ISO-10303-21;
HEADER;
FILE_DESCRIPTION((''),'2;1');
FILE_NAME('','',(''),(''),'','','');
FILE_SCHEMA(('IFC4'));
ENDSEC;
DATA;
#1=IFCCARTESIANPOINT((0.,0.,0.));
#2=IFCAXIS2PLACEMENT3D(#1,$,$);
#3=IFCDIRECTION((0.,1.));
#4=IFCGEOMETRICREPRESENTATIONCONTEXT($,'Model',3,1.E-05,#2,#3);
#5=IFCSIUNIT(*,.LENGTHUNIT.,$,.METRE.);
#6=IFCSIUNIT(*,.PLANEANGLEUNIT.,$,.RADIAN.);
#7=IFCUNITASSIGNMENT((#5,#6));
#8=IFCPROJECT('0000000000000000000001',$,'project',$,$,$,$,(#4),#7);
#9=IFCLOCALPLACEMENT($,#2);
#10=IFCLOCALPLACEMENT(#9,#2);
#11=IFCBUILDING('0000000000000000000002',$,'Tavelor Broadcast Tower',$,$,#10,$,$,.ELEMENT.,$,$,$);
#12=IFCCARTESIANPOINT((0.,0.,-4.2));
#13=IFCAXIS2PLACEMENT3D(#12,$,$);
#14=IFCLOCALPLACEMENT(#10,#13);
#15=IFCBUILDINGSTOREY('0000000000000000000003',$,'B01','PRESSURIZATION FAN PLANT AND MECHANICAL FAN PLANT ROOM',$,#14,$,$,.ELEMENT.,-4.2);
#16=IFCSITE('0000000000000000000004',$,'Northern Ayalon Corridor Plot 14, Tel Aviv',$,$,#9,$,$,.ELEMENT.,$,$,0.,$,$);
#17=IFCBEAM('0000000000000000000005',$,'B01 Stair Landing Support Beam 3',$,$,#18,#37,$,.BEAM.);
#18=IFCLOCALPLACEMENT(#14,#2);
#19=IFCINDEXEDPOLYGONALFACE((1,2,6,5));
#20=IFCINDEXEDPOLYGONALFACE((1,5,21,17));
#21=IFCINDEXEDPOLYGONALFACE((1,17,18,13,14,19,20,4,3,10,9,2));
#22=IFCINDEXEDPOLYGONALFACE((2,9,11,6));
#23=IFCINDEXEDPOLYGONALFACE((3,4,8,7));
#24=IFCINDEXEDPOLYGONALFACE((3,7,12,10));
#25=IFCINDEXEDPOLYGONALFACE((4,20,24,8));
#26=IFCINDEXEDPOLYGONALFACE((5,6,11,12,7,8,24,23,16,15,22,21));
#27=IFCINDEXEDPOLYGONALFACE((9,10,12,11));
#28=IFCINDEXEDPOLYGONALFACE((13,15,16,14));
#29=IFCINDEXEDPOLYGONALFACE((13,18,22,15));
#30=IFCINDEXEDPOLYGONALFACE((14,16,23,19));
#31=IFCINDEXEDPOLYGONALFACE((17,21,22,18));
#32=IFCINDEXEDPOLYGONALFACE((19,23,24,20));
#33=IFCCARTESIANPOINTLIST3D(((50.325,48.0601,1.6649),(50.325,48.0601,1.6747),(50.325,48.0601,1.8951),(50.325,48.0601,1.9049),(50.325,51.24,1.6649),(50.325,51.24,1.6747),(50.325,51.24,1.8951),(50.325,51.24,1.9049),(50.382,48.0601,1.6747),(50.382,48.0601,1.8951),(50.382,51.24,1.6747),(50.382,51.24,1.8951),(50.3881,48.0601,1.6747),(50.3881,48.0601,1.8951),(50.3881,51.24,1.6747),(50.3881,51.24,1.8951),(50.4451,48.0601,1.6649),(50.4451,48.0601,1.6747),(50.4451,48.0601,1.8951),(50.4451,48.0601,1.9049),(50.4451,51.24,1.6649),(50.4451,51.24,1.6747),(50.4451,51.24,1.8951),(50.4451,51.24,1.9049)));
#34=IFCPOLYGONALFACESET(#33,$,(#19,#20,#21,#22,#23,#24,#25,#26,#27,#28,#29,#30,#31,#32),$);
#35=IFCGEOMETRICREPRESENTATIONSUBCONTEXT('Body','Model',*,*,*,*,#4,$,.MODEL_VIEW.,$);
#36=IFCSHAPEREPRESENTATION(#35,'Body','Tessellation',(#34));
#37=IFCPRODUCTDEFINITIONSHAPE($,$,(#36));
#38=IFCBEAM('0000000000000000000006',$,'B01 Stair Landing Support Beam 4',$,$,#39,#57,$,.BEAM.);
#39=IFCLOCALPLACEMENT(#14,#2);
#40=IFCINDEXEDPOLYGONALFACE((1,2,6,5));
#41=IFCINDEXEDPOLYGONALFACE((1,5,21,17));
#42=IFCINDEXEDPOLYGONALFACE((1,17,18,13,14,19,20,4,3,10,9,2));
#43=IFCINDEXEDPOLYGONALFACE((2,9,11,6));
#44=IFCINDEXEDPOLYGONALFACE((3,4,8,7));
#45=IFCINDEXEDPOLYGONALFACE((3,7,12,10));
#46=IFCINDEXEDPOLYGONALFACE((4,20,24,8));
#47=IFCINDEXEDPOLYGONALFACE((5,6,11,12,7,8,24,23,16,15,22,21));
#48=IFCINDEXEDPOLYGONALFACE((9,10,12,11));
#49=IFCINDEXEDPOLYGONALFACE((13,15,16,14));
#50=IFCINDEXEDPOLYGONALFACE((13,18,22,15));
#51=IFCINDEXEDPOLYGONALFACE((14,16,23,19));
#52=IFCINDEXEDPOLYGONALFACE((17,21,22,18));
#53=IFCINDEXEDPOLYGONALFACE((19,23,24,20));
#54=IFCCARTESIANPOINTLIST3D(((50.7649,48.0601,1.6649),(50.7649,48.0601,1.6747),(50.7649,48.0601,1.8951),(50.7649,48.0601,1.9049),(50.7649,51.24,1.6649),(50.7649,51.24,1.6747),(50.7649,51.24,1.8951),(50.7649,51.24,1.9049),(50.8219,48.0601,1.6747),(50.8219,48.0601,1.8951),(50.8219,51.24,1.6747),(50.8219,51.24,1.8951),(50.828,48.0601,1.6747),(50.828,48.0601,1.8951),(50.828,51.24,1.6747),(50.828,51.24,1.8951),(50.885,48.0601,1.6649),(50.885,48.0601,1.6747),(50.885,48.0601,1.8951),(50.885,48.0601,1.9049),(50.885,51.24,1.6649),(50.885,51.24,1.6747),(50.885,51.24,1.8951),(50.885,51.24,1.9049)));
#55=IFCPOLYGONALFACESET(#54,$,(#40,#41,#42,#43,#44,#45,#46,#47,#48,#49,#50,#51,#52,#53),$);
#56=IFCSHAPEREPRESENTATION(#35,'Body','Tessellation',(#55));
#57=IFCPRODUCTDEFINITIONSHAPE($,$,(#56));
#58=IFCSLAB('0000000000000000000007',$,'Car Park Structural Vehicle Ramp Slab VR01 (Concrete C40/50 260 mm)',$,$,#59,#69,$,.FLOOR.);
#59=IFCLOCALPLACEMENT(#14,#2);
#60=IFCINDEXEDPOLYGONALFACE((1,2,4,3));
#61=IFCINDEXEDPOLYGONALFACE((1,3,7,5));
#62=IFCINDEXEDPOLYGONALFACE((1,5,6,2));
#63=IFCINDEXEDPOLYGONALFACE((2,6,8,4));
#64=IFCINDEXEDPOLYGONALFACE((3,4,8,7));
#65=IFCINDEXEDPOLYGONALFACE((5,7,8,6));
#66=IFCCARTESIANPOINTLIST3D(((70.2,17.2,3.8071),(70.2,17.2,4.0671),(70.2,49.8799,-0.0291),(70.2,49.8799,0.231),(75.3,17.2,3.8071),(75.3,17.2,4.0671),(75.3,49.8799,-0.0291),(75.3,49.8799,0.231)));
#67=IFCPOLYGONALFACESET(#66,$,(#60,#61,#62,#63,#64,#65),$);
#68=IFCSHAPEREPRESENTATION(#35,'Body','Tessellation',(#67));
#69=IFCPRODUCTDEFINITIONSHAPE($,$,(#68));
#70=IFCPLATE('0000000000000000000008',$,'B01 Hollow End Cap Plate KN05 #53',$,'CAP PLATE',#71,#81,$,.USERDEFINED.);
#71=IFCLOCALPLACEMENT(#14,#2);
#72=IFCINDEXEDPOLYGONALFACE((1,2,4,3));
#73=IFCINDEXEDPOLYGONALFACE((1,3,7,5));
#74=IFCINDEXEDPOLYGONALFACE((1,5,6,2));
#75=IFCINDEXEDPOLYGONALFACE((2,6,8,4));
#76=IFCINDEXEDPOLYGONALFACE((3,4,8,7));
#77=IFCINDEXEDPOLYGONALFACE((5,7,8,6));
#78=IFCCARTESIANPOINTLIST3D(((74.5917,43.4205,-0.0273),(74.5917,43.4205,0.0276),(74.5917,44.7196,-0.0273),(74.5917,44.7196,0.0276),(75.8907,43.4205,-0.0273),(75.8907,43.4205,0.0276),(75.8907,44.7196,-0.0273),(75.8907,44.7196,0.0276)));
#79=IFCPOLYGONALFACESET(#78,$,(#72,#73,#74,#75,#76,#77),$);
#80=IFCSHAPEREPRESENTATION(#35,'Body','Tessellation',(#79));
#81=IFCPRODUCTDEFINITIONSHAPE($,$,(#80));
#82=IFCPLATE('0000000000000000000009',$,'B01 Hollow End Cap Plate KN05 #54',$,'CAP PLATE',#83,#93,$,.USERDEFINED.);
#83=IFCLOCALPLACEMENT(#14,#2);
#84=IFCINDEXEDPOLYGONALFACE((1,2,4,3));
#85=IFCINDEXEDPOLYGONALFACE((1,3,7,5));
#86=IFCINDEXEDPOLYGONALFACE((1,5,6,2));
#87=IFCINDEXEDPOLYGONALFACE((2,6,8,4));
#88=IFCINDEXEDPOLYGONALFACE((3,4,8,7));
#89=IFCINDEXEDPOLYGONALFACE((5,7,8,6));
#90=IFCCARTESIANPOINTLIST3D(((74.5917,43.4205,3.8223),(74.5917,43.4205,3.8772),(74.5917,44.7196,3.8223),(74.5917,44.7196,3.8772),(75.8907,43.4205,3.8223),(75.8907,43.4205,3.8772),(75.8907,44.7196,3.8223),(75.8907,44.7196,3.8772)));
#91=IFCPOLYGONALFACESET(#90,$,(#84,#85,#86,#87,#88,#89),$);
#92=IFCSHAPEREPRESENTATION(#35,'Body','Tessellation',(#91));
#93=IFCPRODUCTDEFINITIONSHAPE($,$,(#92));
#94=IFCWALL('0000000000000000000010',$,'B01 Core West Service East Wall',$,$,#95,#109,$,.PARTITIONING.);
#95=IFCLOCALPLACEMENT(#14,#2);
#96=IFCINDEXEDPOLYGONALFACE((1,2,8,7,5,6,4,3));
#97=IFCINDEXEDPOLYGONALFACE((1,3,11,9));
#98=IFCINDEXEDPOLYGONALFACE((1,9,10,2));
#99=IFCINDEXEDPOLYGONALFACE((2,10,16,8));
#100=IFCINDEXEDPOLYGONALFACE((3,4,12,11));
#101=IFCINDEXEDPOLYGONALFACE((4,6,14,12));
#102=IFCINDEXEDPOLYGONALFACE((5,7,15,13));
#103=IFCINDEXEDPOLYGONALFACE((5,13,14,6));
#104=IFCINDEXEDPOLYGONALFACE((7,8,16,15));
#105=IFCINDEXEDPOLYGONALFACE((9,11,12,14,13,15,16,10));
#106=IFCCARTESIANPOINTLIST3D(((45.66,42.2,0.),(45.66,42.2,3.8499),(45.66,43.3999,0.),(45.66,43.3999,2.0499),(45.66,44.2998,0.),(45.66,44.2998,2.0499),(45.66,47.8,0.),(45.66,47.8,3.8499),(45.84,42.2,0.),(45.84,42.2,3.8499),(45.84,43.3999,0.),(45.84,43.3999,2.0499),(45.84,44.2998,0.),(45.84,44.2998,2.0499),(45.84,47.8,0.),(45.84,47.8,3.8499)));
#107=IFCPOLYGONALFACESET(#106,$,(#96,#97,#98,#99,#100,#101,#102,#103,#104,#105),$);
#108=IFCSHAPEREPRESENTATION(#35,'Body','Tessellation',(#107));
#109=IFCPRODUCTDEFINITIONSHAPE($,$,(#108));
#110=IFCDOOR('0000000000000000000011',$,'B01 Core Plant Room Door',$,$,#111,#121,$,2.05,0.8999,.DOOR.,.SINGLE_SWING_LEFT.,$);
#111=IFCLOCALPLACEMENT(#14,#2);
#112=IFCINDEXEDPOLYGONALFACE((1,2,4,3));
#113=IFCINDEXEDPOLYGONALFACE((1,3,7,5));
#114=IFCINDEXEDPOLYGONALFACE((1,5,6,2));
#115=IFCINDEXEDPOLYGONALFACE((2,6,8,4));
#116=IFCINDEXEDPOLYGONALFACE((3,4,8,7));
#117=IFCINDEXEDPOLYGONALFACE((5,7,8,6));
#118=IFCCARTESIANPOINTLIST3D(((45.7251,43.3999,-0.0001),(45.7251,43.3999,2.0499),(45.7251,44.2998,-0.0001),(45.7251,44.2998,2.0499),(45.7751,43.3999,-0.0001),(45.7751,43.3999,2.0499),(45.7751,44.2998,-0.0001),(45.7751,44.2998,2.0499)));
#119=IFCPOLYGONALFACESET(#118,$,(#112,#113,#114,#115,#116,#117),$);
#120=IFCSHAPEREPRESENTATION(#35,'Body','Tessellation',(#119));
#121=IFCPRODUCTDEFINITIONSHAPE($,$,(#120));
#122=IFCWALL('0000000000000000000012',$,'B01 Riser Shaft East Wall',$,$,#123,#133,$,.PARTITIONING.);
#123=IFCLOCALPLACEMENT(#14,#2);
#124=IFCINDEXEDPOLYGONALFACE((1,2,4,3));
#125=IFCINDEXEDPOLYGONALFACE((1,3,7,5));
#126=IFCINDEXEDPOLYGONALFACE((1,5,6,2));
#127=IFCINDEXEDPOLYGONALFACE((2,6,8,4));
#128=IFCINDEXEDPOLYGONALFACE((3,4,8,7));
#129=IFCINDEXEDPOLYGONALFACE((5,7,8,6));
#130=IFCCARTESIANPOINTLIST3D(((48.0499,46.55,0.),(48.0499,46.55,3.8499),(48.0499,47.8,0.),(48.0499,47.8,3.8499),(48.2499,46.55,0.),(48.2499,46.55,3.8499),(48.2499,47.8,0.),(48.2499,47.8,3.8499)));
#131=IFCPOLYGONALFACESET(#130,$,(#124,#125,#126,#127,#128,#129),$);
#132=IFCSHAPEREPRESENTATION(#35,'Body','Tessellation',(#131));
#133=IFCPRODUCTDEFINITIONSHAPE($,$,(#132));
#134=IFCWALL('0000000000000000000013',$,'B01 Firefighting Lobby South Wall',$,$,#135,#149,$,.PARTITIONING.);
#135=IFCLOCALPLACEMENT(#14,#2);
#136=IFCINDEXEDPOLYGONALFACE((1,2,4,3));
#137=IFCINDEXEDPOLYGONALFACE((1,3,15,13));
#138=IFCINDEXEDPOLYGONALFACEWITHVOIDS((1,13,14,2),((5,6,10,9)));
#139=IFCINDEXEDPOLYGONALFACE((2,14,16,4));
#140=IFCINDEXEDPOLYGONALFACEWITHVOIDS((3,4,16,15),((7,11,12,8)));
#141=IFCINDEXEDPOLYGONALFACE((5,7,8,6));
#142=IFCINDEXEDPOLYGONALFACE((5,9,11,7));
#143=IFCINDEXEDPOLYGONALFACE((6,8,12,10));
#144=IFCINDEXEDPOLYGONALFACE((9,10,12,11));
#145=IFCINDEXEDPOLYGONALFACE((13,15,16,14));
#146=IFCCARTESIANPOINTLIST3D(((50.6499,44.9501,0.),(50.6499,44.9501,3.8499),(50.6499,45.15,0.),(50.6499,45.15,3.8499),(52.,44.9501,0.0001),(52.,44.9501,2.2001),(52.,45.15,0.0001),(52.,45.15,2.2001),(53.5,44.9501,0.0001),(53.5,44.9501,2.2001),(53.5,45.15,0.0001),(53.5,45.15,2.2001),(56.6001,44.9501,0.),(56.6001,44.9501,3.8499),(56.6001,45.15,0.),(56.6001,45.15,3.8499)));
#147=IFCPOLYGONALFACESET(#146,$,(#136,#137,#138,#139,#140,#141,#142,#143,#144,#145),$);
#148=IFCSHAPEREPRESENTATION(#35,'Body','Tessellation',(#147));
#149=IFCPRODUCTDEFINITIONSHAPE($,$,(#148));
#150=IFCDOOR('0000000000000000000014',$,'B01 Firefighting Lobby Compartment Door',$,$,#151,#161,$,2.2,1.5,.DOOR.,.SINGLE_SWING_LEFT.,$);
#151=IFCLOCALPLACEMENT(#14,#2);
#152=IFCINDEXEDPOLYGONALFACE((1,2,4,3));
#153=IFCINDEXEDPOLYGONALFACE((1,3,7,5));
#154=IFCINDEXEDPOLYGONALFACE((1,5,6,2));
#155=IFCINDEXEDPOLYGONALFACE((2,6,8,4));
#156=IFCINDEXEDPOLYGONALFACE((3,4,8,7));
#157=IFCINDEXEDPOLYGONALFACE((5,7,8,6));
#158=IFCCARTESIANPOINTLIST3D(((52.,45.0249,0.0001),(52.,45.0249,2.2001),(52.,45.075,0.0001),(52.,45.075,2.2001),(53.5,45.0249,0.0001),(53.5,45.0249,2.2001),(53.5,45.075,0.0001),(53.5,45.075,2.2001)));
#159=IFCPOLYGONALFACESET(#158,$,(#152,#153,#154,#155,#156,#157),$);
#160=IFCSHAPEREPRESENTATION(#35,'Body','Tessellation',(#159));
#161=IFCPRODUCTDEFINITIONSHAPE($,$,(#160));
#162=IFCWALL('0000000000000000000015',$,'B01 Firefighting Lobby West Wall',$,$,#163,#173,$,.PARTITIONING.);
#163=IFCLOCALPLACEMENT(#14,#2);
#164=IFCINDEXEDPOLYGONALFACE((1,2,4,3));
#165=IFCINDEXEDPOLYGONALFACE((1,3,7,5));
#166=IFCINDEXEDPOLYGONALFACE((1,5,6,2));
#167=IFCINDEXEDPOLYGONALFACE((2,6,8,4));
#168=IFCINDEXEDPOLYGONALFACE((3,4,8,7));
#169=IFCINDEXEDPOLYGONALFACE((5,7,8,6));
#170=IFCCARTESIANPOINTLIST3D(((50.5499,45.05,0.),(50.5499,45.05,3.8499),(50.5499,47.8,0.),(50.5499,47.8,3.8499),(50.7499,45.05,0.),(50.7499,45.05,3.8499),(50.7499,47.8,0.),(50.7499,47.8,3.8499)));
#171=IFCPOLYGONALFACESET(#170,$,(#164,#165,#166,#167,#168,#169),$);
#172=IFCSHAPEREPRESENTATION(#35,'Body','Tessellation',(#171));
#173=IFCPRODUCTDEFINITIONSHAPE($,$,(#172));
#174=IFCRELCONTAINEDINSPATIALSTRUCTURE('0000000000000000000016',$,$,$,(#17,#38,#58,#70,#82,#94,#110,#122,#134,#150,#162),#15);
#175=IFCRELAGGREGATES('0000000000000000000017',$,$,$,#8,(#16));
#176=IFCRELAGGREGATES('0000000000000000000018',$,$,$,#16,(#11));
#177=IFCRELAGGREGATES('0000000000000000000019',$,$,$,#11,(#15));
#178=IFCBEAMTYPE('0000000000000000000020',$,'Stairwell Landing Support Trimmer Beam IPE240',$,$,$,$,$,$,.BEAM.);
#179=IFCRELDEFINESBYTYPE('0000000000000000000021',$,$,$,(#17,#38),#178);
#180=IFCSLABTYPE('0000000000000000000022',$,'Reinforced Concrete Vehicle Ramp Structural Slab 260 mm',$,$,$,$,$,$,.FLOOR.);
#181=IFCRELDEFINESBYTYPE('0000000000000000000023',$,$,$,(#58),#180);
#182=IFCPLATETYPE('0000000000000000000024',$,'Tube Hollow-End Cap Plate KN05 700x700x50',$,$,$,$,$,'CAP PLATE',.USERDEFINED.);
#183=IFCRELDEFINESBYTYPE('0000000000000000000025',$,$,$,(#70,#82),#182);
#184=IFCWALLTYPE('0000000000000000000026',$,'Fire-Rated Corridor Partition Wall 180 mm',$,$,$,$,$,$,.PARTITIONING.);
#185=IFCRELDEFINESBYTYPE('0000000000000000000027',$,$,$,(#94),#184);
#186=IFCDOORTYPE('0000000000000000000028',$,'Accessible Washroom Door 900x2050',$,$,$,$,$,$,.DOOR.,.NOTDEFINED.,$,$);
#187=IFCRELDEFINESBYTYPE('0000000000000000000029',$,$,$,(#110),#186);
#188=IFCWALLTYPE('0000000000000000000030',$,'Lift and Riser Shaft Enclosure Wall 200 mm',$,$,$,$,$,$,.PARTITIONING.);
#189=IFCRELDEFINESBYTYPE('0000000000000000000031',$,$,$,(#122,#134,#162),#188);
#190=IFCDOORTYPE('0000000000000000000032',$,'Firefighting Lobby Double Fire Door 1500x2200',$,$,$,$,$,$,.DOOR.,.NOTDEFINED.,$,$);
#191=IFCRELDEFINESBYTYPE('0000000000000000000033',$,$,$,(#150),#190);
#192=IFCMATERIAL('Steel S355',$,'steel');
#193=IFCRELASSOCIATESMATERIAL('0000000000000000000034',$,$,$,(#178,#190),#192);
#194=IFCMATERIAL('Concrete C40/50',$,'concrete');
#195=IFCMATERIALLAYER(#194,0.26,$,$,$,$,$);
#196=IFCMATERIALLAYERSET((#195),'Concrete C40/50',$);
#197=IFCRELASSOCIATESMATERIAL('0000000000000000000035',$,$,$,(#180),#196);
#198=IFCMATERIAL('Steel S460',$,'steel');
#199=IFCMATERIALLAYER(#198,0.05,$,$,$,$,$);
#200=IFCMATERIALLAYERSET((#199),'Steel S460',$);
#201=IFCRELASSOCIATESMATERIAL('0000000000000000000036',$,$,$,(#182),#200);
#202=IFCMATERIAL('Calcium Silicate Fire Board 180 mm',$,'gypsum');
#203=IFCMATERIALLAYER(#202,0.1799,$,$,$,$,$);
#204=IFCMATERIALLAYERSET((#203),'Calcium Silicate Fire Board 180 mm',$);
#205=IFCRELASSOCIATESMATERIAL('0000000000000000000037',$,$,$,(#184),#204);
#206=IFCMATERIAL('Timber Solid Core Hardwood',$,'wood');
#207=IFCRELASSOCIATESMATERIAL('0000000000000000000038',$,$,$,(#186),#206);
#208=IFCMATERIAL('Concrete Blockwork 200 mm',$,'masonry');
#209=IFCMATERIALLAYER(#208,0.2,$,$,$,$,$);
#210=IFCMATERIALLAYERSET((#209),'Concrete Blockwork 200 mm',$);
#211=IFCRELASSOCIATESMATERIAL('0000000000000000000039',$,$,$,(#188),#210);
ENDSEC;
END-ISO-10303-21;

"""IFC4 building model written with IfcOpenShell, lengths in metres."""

from ifc_helpers import new_model, si_unit, direction, frame, frame_2d, origin, origin_2d, place, context, subcontext, project, spatial, polyline, rectangle, i_section, outline, extrude, source, transform, mapped, material, layer, layer_set, material_profile, profile_set, type_object, type_shapes, element, fill, save


model = new_model("IFC4")

# Units and contexts
model_context = context("Model", 3, precision=1e-05, world=origin(), true_north=direction((0.0, 1.0)))
body_context = subcontext(model_context, "Body", "Model", "MODEL_VIEW")
ifc_project = project(units=[si_unit("LENGTHUNIT", "METRE"), si_unit("PLANEANGLEUNIT", "RADIAN")], contexts=[model_context])

# Site, building, storey
site_placement = place(None, origin())
site = spatial("IfcSite", under=ifc_project, at=site_placement, Name="Northern Ayalon Corridor Plot 14, Tel Aviv", CompositionType="ELEMENT", RefElevation=0.0)
building_placement = place(site_placement, origin())
building = spatial("IfcBuilding", under=site, at=building_placement, Name="Tavelor Broadcast Tower", CompositionType="ELEMENT")
storey_placement = place(building_placement, frame((0.0, 0.0, -4.2)))
storey = spatial("IfcBuildingStorey", under=building, at=storey_placement, Name="B01", Description="PRESSURIZATION FAN PLANT AND MECHANICAL FAN PLANT ROOM", CompositionType="ELEMENT", Elevation=-4.2)

# Shared definitions
ifc_material_1 = material(Name="Concrete C40/50", Category="concrete")
ifc_material_2 = material(Name="Steel S460", Category="steel")

# Beams
ifc_material_3 = material(Name="Steel S355", Category="steel")
ifc_material_profile_1 = material_profile(ifc_material_3, i_section(OverallWidth=0.1201, OverallDepth=0.24, WebThickness=0.0061, FlangeThickness=0.0098, at=origin_2d()), Name="IPE 240")
ifc_profile_set_1 = profile_set([ifc_material_profile_1], Name="Steel S355")
beam_type_1 = type_object("IfcBeamType", Name="Stairwell Landing Support Trimmer Beam IPE240", PredefinedType="BEAM", material=ifc_profile_set_1)
for number, where, z_axis, x_axis, name in (
    (1, (50.385, 48.0601, 1.7849), (0.0, 1.0, 0.0), (-1.0, 0.0, 0.0), "B01 Stair Landing Support Beam 3"),
    (2, (50.825, 48.0601, 1.7849), (0.0, 1.0, 0.0), (-1.0, 0.0, 0.0), "B01 Stair Landing Support Beam 4"),
):
    element("IfcBeam", number, at=place(storey_placement, frame(where, z_axis=z_axis, x_axis=x_axis)), inside=storey, type_object=beam_type_1, Name=name, PredefinedType="BEAM", context=body_context, shape_type="SweptSolid", body=[
        extrude(i_section(OverallWidth=0.1201, OverallDepth=0.24, WebThickness=0.0061, FlangeThickness=0.0098, at=origin_2d()), origin(), (0.0, 0.0, 1.0), 3.1799),
    ])

# Slab
ifc_layer_1 = layer(ifc_material_1, 0.26)
ifc_layer_set_1 = layer_set([ifc_layer_1], Name="Concrete C40/50")
slab_type = type_object("IfcSlabType", Name="Reinforced Concrete Vehicle Ramp Structural Slab 260 mm", PredefinedType="FLOOR", material=ifc_layer_set_1)
slab_placement = place(storey_placement, frame((70.2, 49.8799, 0.231), z_axis=(0.0, 0.0, 1.0), x_axis=(0.0, -1.0, 0.0)))
element("IfcSlab", 3, at=slab_placement, inside=storey, type_object=slab_type, Name="Car Park Structural Vehicle Ramp Slab VR01 (Concrete C40/50 260 mm)", PredefinedType="FLOOR", context=body_context, shape_type="SweptSolid", body=[
    extrude(outline(polyline([(0.0, -0.26), (32.6799, 3.5762), (32.6799, 3.8362), (0.0, 0.0), (0.0, -0.26)])), frame((0.0, 5.1001, 0.0), z_axis=(0.0, -1.0, 0.0), x_axis=(1.0, 0.0, 0.0)), (0.0, 0.0, 1.0), 5.1001),
])

# Plates
ifc_layer_2 = layer(ifc_material_2, 0.05)
ifc_layer_set_2 = layer_set([ifc_layer_2], Name="Steel S460")
plate_type = type_object("IfcPlateType", Name="Tube Hollow-End Cap Plate KN05 700x700x50", ElementType="CAP PLATE", PredefinedType="USERDEFINED", material=ifc_layer_set_2)
shared_shape_1 = source(origin(), body_context, "Body", "SweptSolid", [
    extrude(rectangle(XDim=1.2991, YDim=1.2991, at=origin_2d()), origin(), (0.0, 0.0, 1.0), 0.0549),
])
type_shapes(plate_type, [shared_shape_1])
for number, where, z_axis, x_axis, name in (
    (4, (75.2412, 44.0701, -0.0273), (0.0, 0.0, 1.0), (1.0, 0.0, 0.0), "B01 Hollow End Cap Plate KN05 #53"),
    (5, (75.2412, 44.0701, 3.8223), (0.0, 0.0, 1.0), (1.0, 0.0, 0.0), "B01 Hollow End Cap Plate KN05 #54"),
):
    element("IfcPlate", number, at=place(storey_placement, frame(where, z_axis=z_axis, x_axis=x_axis)), inside=storey, type_object=plate_type, Name=name, ObjectType="CAP PLATE", PredefinedType="USERDEFINED", context=body_context, shape_type="MappedRepresentation", body=[
        mapped(shared_shape_1, transform((0.0, 0.0, 0.0), scale=1.0)),
    ])

# Wall, opening, door
ifc_material_4 = material(Name="Calcium Silicate Fire Board 180 mm", Category="gypsum")
ifc_layer_3 = layer(ifc_material_4, 0.1799)
ifc_layer_set_3 = layer_set([ifc_layer_3], Name="Calcium Silicate Fire Board 180 mm")
wall_type_1 = type_object("IfcWallType", Name="Fire-Rated Corridor Partition Wall 180 mm", PredefinedType="PARTITIONING", material=ifc_layer_set_3)
wall_1_placement = place(storey_placement, frame((45.75, 42.2, 0.0), z_axis=(0.0, 0.0, 1.0), x_axis=(0.0, 1.0, 0.0)))
wall_1 = element("IfcWall", 6, at=wall_1_placement, inside=storey, type_object=wall_type_1, Name="B01 Core West Service East Wall", PredefinedType="PARTITIONING", context=body_context, shape_type="SweptSolid", body=[
    extrude(rectangle(XDim=5.6001, YDim=0.1799, at=frame_2d((2.8, 0.0))), origin(), (0.0, 0.0, 1.0), 3.8499),
])
opening_1_placement = place(wall_1_placement, frame((1.2, 0.0, 0.0)))
opening_1 = element("IfcOpeningElement", 7, at=opening_1_placement, cuts=wall_1, PredefinedType="OPENING", context=body_context, shape_type="SweptSolid", body=[
    extrude(rectangle(XDim=0.8999, YDim=2.05, at=frame_2d((0.45, 1.0249))), frame((0.0, 0.1001, 0.0), z_axis=(0.0, -1.0, 0.0), x_axis=(1.0, 0.0, 0.0)), (0.0, 0.0, 1.0), 0.2),
])
ifc_material_5 = material(Name="Timber Solid Core Hardwood", Category="wood")
door_type_1 = type_object("IfcDoorType", Name="Accessible Washroom Door 900x2050", OperationType="NOTDEFINED", PredefinedType="DOOR", material=ifc_material_5)
door_1_placement = place(opening_1_placement, origin())
door_1 = element("IfcDoor", 8, at=door_1_placement, inside=storey, type_object=door_type_1, Name="B01 Core Plant Room Door", OperationType="SINGLE_SWING_LEFT", OverallHeight=2.05, OverallWidth=0.8999, PredefinedType="DOOR", context=body_context, shape_type="SweptSolid", body=[
    extrude(rectangle(XDim=0.8999, YDim=2.05, at=frame_2d((0.45, 1.0249))), frame((0.0, 0.0249, 0.0), z_axis=(0.0, -1.0, 0.0), x_axis=(1.0, 0.0, 0.0)), (0.0, 0.0, 1.0), 0.05),
])
fill(opening_1, door_1)

# Wall
ifc_material_6 = material(Name="Concrete Blockwork 200 mm", Category="masonry")
ifc_layer_4 = layer(ifc_material_6, 0.2)
ifc_layer_set_4 = layer_set([ifc_layer_4], Name="Concrete Blockwork 200 mm")
wall_type_2 = type_object("IfcWallType", Name="Lift and Riser Shaft Enclosure Wall 200 mm", PredefinedType="PARTITIONING", material=ifc_layer_set_4)
wall_2_placement = place(storey_placement, frame((48.1499, 46.55, 0.0), z_axis=(0.0, 0.0, 1.0), x_axis=(0.0, 1.0, 0.0)))
element("IfcWall", 9, at=wall_2_placement, inside=storey, type_object=wall_type_2, Name="B01 Riser Shaft East Wall", PredefinedType="PARTITIONING", context=body_context, shape_type="SweptSolid", body=[
    extrude(rectangle(XDim=1.25, YDim=0.2, at=frame_2d((0.625, 0.0))), origin(), (0.0, 0.0, 1.0), 3.8499),
])

# Wall, opening, door
wall_3_placement = place(storey_placement, frame((50.6499, 45.05, 0.0), z_axis=(0.0, 0.0, 1.0), x_axis=(1.0, 0.0, 0.0)))
wall_3 = element("IfcWall", 10, at=wall_3_placement, inside=storey, type_object=wall_type_2, Name="B01 Firefighting Lobby South Wall", PredefinedType="PARTITIONING", context=body_context, shape_type="SweptSolid", body=[
    extrude(rectangle(XDim=5.9502, YDim=0.2, at=frame_2d((2.9751, 0.0))), origin(), (0.0, 0.0, 1.0), 3.8499),
])
opening_2_placement = place(wall_3_placement, frame((1.3501, 0.0, 0.0)))
opening_2 = element("IfcOpeningElement", 11, at=opening_2_placement, cuts=wall_3, PredefinedType="OPENING", context=body_context, shape_type="SweptSolid", body=[
    extrude(rectangle(XDim=1.5, YDim=2.2, at=frame_2d((0.75, 1.1001))), frame((0.0, 0.1099, 0.0), z_axis=(0.0, -1.0, 0.0), x_axis=(1.0, 0.0, 0.0)), (0.0, 0.0, 1.0), 0.22),
])
door_type_2 = type_object("IfcDoorType", Name="Firefighting Lobby Double Fire Door 1500x2200", OperationType="NOTDEFINED", PredefinedType="DOOR", material=ifc_material_3)
door_2_placement = place(opening_2_placement, origin())
door_2 = element("IfcDoor", 12, at=door_2_placement, inside=storey, type_object=door_type_2, Name="B01 Firefighting Lobby Compartment Door", OperationType="SINGLE_SWING_LEFT", OverallHeight=2.2, OverallWidth=1.5, PredefinedType="DOOR", context=body_context, shape_type="SweptSolid", body=[
    extrude(rectangle(XDim=1.5, YDim=2.2, at=frame_2d((0.75, 1.1001))), frame((0.0, 0.0249, 0.0), z_axis=(0.0, -1.0, 0.0), x_axis=(1.0, 0.0, 0.0)), (0.0, 0.0, 1.0), 0.05),
])
fill(opening_2, door_2)

# Wall
wall_4_placement = place(storey_placement, frame((50.6499, 45.05, 0.0), z_axis=(0.0, 0.0, 1.0), x_axis=(0.0, 1.0, 0.0)))
element("IfcWall", 13, at=wall_4_placement, inside=storey, type_object=wall_type_2, Name="B01 Firefighting Lobby West Wall", PredefinedType="PARTITIONING", context=body_context, shape_type="SweptSolid", body=[
    extrude(rectangle(XDim=2.75, YDim=0.2, at=frame_2d((1.375, 0.0))), origin(), (0.0, 0.0, 1.0), 3.8499),
])

save(model, "model.ifc")
